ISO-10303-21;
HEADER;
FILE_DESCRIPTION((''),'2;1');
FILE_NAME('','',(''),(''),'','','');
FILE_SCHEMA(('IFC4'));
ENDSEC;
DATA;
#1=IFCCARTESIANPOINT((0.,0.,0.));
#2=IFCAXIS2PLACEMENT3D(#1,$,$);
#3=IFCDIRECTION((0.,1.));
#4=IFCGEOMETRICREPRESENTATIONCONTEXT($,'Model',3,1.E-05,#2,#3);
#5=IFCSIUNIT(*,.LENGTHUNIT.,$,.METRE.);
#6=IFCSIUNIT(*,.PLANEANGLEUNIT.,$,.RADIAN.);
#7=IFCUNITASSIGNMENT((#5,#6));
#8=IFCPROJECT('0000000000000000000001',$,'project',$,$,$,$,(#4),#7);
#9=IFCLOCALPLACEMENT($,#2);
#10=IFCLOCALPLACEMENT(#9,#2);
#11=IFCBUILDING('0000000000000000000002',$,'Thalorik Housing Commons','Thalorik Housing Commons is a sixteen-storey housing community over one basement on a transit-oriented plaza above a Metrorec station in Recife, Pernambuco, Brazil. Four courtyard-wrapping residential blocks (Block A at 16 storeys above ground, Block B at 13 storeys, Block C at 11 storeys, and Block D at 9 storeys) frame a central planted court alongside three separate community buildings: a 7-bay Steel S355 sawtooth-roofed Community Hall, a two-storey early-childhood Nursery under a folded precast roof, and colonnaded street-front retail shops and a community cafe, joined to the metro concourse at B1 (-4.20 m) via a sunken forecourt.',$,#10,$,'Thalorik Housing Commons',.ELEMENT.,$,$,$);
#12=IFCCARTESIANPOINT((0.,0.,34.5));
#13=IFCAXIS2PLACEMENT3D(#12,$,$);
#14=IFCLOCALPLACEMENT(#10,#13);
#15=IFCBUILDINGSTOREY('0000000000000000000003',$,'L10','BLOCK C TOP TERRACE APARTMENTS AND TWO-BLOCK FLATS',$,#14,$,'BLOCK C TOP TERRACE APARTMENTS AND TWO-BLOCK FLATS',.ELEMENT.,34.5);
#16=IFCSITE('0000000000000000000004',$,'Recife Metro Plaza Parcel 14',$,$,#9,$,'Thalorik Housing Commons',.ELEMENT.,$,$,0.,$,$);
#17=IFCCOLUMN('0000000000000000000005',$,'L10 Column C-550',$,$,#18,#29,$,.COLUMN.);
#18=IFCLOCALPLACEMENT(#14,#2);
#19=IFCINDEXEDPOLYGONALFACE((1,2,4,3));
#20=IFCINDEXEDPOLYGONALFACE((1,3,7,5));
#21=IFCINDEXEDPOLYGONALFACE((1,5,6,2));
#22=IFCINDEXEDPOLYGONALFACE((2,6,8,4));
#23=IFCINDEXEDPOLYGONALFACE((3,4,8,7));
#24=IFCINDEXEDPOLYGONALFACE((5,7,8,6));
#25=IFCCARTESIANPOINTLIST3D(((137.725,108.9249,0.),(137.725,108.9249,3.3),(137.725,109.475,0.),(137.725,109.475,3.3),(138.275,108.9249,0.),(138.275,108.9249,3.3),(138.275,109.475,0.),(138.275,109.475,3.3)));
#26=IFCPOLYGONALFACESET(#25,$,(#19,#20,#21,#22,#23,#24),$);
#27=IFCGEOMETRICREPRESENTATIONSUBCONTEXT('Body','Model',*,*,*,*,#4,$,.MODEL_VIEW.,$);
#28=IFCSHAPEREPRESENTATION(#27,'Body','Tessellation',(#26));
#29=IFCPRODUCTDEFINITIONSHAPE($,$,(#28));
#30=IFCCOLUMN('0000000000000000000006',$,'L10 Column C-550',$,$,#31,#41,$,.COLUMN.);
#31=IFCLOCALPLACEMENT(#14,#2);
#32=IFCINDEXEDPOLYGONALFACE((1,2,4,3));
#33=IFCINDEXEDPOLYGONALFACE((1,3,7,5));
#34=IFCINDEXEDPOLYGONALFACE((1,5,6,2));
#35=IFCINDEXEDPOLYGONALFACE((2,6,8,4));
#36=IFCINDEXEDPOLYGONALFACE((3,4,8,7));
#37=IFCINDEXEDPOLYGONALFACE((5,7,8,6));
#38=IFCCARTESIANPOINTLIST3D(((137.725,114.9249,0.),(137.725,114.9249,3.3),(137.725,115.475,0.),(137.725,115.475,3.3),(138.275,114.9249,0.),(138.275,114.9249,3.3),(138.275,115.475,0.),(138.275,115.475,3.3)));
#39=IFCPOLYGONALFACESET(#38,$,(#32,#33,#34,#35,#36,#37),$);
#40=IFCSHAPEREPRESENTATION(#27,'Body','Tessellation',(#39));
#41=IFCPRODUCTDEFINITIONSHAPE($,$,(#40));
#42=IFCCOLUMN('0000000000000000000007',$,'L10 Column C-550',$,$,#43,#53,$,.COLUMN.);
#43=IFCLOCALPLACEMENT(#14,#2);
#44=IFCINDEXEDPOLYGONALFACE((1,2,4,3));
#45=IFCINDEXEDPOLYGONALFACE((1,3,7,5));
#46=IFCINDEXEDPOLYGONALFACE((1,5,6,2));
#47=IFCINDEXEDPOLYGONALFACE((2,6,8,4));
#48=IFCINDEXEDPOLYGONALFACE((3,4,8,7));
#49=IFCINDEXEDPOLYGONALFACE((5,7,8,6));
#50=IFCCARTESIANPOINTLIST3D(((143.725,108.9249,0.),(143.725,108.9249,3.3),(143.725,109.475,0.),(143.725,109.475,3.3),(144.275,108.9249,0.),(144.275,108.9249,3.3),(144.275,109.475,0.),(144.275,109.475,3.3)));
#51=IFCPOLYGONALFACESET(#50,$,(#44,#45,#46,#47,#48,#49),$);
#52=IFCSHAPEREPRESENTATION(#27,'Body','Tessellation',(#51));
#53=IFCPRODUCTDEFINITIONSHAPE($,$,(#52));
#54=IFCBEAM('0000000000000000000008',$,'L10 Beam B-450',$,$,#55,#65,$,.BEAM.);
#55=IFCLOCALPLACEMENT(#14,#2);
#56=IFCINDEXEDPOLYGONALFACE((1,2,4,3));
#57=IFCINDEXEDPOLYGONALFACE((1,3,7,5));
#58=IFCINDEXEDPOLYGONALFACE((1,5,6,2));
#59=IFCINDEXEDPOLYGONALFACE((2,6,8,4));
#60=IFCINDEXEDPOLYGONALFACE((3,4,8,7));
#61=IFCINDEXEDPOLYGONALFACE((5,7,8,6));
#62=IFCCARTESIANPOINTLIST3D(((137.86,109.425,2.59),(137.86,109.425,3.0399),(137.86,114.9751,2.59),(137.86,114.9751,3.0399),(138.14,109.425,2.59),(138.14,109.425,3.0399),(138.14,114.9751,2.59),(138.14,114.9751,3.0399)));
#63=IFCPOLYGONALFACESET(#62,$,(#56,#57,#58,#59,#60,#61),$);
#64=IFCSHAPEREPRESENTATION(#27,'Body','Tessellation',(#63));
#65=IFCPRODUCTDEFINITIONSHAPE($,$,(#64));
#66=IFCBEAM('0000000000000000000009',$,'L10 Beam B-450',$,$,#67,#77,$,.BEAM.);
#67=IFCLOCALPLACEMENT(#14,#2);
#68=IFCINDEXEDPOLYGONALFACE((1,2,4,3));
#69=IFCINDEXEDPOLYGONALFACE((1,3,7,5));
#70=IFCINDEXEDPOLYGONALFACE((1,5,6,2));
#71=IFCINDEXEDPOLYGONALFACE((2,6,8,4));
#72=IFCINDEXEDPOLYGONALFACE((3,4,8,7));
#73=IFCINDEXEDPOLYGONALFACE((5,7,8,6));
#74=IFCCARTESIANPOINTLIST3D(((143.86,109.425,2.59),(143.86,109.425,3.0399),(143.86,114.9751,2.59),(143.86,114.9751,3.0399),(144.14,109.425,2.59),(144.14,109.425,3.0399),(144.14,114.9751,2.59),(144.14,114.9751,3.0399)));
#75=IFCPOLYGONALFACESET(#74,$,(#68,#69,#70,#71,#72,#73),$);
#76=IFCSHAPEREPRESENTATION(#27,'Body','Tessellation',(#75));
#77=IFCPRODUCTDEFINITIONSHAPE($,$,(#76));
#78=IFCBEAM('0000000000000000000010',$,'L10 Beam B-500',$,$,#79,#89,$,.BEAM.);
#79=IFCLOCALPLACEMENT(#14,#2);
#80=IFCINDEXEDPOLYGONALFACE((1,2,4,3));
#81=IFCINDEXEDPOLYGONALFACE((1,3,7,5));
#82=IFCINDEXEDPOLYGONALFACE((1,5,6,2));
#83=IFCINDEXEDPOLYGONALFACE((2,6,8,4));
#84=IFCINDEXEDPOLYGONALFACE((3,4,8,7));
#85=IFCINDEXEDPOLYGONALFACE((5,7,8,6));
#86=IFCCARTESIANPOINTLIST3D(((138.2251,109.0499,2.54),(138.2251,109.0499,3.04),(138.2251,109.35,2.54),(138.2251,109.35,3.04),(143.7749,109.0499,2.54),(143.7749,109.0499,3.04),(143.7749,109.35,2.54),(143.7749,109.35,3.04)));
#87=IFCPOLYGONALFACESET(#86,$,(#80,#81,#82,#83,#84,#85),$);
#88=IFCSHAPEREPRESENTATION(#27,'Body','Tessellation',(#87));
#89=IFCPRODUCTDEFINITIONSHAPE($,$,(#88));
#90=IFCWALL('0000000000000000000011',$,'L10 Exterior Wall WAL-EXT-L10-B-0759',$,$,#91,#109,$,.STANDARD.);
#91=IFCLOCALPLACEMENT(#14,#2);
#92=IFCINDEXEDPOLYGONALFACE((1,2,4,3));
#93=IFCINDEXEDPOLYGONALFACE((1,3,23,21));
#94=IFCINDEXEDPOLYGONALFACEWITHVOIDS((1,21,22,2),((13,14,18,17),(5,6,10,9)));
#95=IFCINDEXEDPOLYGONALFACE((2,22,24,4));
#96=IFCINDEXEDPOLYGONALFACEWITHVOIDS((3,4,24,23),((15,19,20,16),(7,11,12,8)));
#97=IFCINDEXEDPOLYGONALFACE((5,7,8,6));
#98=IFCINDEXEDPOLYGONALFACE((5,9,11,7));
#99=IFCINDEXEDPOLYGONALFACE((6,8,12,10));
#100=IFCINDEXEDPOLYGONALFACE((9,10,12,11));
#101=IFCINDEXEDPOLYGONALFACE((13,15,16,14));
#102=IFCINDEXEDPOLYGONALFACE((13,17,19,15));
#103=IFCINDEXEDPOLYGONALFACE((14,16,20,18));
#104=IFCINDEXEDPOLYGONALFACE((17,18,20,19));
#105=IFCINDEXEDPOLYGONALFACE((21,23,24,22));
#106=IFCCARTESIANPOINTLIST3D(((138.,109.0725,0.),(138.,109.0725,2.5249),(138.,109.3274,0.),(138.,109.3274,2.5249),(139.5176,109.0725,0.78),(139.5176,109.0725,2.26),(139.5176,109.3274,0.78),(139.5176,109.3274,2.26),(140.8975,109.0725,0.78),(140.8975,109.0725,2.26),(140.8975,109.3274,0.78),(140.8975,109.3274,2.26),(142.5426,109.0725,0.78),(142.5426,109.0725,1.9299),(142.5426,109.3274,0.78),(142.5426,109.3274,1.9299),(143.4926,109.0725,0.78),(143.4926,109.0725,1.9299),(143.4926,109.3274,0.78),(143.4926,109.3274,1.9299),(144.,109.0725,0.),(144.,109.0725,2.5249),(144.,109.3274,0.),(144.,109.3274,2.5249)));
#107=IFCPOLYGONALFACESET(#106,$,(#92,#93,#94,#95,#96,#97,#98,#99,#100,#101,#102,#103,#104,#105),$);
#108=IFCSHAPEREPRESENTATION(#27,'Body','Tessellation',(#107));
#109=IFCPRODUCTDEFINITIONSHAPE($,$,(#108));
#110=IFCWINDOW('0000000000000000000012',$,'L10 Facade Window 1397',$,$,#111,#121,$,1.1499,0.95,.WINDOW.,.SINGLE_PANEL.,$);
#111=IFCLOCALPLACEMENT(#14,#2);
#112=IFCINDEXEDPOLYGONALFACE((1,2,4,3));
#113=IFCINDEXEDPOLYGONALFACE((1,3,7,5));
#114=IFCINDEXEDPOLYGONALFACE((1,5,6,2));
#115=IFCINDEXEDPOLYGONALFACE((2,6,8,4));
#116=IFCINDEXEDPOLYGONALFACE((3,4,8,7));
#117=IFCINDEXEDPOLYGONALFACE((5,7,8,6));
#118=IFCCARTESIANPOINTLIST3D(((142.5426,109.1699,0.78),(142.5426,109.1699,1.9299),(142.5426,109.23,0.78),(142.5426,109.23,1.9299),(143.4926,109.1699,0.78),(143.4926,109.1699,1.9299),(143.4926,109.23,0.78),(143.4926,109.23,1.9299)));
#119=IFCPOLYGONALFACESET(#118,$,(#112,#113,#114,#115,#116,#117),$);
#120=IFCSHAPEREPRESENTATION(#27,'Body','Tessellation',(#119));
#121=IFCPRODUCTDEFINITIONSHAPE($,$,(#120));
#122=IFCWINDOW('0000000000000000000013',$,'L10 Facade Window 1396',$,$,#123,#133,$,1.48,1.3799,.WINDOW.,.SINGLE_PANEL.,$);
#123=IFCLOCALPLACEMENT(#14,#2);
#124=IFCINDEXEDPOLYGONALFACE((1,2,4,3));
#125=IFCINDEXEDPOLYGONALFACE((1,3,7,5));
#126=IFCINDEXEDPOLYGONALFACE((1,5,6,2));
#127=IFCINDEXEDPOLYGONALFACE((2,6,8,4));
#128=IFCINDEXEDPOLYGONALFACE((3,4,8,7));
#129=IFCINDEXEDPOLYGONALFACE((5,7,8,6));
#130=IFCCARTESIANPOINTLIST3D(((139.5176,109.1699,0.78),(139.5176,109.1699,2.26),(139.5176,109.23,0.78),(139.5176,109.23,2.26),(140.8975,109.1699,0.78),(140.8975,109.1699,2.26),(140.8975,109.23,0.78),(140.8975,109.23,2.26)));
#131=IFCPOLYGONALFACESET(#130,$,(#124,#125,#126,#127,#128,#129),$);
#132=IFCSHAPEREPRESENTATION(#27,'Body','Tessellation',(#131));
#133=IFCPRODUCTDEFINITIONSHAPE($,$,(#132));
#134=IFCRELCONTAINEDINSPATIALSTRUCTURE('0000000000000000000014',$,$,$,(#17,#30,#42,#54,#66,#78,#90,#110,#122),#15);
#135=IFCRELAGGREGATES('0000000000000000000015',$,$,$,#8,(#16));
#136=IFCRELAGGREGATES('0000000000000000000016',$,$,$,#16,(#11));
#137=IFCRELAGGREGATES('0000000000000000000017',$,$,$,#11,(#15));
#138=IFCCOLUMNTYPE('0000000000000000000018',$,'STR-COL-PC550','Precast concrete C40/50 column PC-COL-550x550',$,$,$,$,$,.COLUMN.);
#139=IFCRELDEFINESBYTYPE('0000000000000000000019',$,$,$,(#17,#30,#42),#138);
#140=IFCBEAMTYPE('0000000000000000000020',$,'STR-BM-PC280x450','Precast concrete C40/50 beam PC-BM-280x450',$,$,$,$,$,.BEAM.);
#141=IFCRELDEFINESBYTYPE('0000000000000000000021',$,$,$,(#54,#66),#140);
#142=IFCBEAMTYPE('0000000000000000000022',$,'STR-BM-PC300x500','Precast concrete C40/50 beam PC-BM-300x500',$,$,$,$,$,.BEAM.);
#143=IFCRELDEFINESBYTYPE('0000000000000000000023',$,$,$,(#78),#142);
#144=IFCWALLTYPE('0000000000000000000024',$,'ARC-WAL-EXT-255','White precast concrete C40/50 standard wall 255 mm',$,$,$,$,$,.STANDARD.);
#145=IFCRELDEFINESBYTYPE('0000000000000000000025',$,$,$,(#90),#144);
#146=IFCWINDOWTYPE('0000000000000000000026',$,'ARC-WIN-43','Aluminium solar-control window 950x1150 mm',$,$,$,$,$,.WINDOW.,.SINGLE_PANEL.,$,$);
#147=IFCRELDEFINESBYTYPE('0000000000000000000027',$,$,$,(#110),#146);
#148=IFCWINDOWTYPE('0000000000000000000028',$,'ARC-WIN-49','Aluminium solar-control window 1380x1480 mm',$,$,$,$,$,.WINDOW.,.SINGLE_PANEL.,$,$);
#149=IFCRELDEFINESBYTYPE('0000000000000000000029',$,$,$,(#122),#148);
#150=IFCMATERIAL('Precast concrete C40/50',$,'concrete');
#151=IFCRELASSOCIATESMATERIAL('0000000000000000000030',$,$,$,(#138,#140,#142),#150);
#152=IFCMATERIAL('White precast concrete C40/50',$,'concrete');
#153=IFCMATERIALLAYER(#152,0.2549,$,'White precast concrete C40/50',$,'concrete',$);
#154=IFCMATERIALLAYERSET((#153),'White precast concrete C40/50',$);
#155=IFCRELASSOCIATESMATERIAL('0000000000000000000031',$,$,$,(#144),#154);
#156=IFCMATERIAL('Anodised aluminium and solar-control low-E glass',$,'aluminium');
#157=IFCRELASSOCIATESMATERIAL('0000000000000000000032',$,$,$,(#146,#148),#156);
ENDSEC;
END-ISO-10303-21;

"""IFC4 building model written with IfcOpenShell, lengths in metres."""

from ifc_helpers import new_model, si_unit, direction, frame, frame_2d, origin, origin_2d, place, context, subcontext, project, spatial, rectangle, extrude, material, layer, layer_set, material_profile, profile_set, type_object, element, fill, save


model = new_model("IFC4")

# Units and contexts
model_context = context("Model", 3, precision=1e-05, world=origin(), true_north=direction((0.0, 1.0)))
body_context = subcontext(model_context, "Body", "Model", "MODEL_VIEW")
ifc_project = project(units=[si_unit("LENGTHUNIT", "METRE"), si_unit("PLANEANGLEUNIT", "RADIAN")], contexts=[model_context])

# Site, building, storey
site_placement = place(None, origin())
site = spatial("IfcSite", under=ifc_project, at=site_placement, Name="Recife Metro Plaza Parcel 14", LongName="Thalorik Housing Commons", CompositionType="ELEMENT", RefElevation=0.0)
building_placement = place(site_placement, origin())
building = spatial("IfcBuilding", under=site, at=building_placement, Name="Thalorik Housing Commons", Description="Thalorik Housing Commons is a sixteen-storey housing community over one basement on a transit-oriented plaza above a Metrorec station in Recife, Pernambuco, Brazil. Four courtyard-wrapping residential blocks (Block A at 16 storeys above ground, Block B at 13 storeys, Block C at 11 storeys, and Block D at 9 storeys) frame a central planted court alongside three separate community buildings: a 7-bay Steel S355 sawtooth-roofed Community Hall, a two-storey early-childhood Nursery under a folded precast roof, and colonnaded street-front retail shops and a community cafe, joined to the metro concourse at B1 (-4.20 m) via a sunken forecourt.", LongName="Thalorik Housing Commons", CompositionType="ELEMENT")
storey_placement = place(building_placement, frame((0.0, 0.0, 34.5)))
storey = spatial("IfcBuildingStorey", under=building, at=storey_placement, Name="L10", Description="BLOCK C TOP TERRACE APARTMENTS AND TWO-BLOCK FLATS", LongName="BLOCK C TOP TERRACE APARTMENTS AND TWO-BLOCK FLATS", CompositionType="ELEMENT", Elevation=34.5)

# Columns
ifc_material_1 = material(Name="Precast concrete C40/50", Category="concrete")
ifc_material_profile_1 = material_profile(ifc_material_1, rectangle(XDim=0.55, YDim=0.55, at=origin_2d()), Name="PC 550x550", Category="concrete")
ifc_profile_set_1 = profile_set([ifc_material_profile_1], Name="Precast concrete C40/50")
column_type = type_object("IfcColumnType", Name="STR-COL-PC550", Description="Precast concrete C40/50 column PC-COL-550x550", PredefinedType="COLUMN", material=ifc_profile_set_1)
for number, where, z_axis, x_axis, name in (
    (1, (138.0, 109.2, 0.0), (0.0, 0.0, 1.0), (1.0, 0.0, 0.0), "L10 Column C-550"),
    (2, (138.0, 115.2, 0.0), (0.0, 0.0, 1.0), (1.0, 0.0, 0.0), "L10 Column C-550"),
    (3, (144.0, 109.2, 0.0), (0.0, 0.0, 1.0), (1.0, 0.0, 0.0), "L10 Column C-550"),
):
    element("IfcColumn", number, at=place(storey_placement, frame(where, z_axis=z_axis, x_axis=x_axis)), inside=storey, type_object=column_type, Name=name, PredefinedType="COLUMN", context=body_context, shape_type="SweptSolid", body=[
        extrude(rectangle(XDim=0.55, YDim=0.55, at=origin_2d()), origin(), (0.0, 0.0, 1.0), 3.3),
    ])

# Beams
ifc_material_profile_2 = material_profile(ifc_material_1, rectangle(XDim=0.28, YDim=0.45, at=origin_2d()), Name="PC 280x450", Category="concrete")
ifc_profile_set_2 = profile_set([ifc_material_profile_2], Name="Precast concrete C40/50")
beam_type_1 = type_object("IfcBeamType", Name="STR-BM-PC280x450", Description="Precast concrete C40/50 beam PC-BM-280x450", PredefinedType="BEAM", material=ifc_profile_set_2)
for number, where, z_axis, x_axis, name in (
    (4, (138.0, 109.425, 2.8149), (0.0, 1.0, 0.0), (-1.0, 0.0, 0.0), "L10 Beam B-450"),
    (5, (144.0, 109.425, 2.8149), (0.0, 1.0, 0.0), (-1.0, 0.0, 0.0), "L10 Beam B-450"),
):
    element("IfcBeam", number, at=place(storey_placement, frame(where, z_axis=z_axis, x_axis=x_axis)), inside=storey, type_object=beam_type_1, Name=name, PredefinedType="BEAM", context=body_context, shape_type="SweptSolid", body=[
        extrude(rectangle(XDim=0.28, YDim=0.45, at=origin_2d()), origin(), (0.0, 0.0, 1.0), 5.55),
    ])
ifc_material_profile_3 = material_profile(ifc_material_1, rectangle(XDim=0.3, YDim=0.5, at=origin_2d()), Name="PC 300x500", Category="concrete")
ifc_profile_set_3 = profile_set([ifc_material_profile_3], Name="Precast concrete C40/50")
beam_type_2 = type_object("IfcBeamType", Name="STR-BM-PC300x500", Description="Precast concrete C40/50 beam PC-BM-300x500", PredefinedType="BEAM", material=ifc_profile_set_3)
beam_placement = place(storey_placement, frame((138.2251, 109.2, 2.79), z_axis=(1.0, 0.0, 0.0), x_axis=(0.0, 1.0, 0.0)))
element("IfcBeam", 6, at=beam_placement, inside=storey, type_object=beam_type_2, Name="L10 Beam B-500", PredefinedType="BEAM", context=body_context, shape_type="SweptSolid", body=[
    extrude(rectangle(XDim=0.3, YDim=0.5, at=origin_2d()), origin(), (0.0, 0.0, 1.0), 5.5498),
])

# Wall, openings, windows
ifc_material_2 = material(Name="White precast concrete C40/50", Category="concrete")
ifc_layer_1 = layer(ifc_material_2, 0.2549, Name="White precast concrete C40/50", Category="concrete")
ifc_layer_set_1 = layer_set([ifc_layer_1], Name="White precast concrete C40/50")
wall_type_1 = type_object("IfcWallType", Name="ARC-WAL-EXT-255", Description="White precast concrete C40/50 standard wall 255 mm", PredefinedType="STANDARD", material=ifc_layer_set_1)
wall_1_placement = place(storey_placement, frame((138.0, 109.2, 0.0), z_axis=(0.0, 0.0, 1.0), x_axis=(1.0, 0.0, 0.0)))
wall_1 = element("IfcWall", 7, at=wall_1_placement, inside=storey, type_object=wall_type_1, Name="L10 Exterior Wall WAL-EXT-L10-B-0759", PredefinedType="STANDARD", context=body_context, shape_type="SweptSolid", body=[
    extrude(rectangle(XDim=6.0, YDim=0.2549, at=frame_2d((3.0, 0.0))), origin(), (0.0, 0.0, 1.0), 2.5249),
])
opening_1_placement = place(wall_1_placement, frame((1.5176, 0.0, 0.78)))
opening_1 = element("IfcOpeningElement", 8, at=opening_1_placement, cuts=wall_1, PredefinedType="OPENING", context=body_context, shape_type="SweptSolid", body=[
    extrude(rectangle(XDim=1.3799, YDim=1.48, at=frame_2d((0.6899, 0.74))), frame((0.0, 0.1375, 0.0), z_axis=(0.0, -1.0, 0.0), x_axis=(1.0, 0.0, 0.0)), (0.0, 0.0, 1.0), 0.2749),
])
opening_2_placement = place(wall_1_placement, frame((4.5425, 0.0, 0.78)))
opening_2 = element("IfcOpeningElement", 9, at=opening_2_placement, cuts=wall_1, PredefinedType="OPENING", context=body_context, shape_type="SweptSolid", body=[
    extrude(rectangle(XDim=0.95, YDim=1.1499, at=frame_2d((0.4751, 0.575))), frame((0.0, 0.1375, 0.0), z_axis=(0.0, -1.0, 0.0), x_axis=(1.0, 0.0, 0.0)), (0.0, 0.0, 1.0), 0.2749),
])
ifc_material_3 = material(Name="Anodised aluminium and solar-control low-E glass", Category="aluminium")
window_type_1 = type_object("IfcWindowType", Name="ARC-WIN-43", Description="Aluminium solar-control window 950x1150 mm", PartitioningType="SINGLE_PANEL", PredefinedType="WINDOW", material=ifc_material_3)
window_1_placement = place(opening_2_placement, origin())
window_1 = element("IfcWindow", 10, at=window_1_placement, inside=storey, type_object=window_type_1, Name="L10 Facade Window 1397", OverallHeight=1.1499, OverallWidth=0.95, PartitioningType="SINGLE_PANEL", PredefinedType="WINDOW", context=body_context, shape_type="SweptSolid", body=[
    extrude(rectangle(XDim=0.95, YDim=1.1499, at=frame_2d((0.4751, 0.575))), frame((0.0, 0.03, 0.0), z_axis=(0.0, -1.0, 0.0), x_axis=(1.0, 0.0, 0.0)), (0.0, 0.0, 1.0), 0.0601),
])
fill(opening_2, window_1)
window_type_2 = type_object("IfcWindowType", Name="ARC-WIN-49", Description="Aluminium solar-control window 1380x1480 mm", PartitioningType="SINGLE_PANEL", PredefinedType="WINDOW", material=ifc_material_3)
window_2_placement = place(opening_1_placement, origin())
window_2 = element("IfcWindow", 11, at=window_2_placement, inside=storey, type_object=window_type_2, Name="L10 Facade Window 1396", OverallHeight=1.48, OverallWidth=1.3799, PartitioningType="SINGLE_PANEL", PredefinedType="WINDOW", context=body_context, shape_type="SweptSolid", body=[
    extrude(rectangle(XDim=1.3799, YDim=1.48, at=frame_2d((0.6899, 0.74))), frame((0.0, 0.03, 0.0), z_axis=(0.0, -1.0, 0.0), x_axis=(1.0, 0.0, 0.0)), (0.0, 0.0, 1.0), 0.0601),
])
fill(opening_1, window_2)

save(model, "model.ifc")
